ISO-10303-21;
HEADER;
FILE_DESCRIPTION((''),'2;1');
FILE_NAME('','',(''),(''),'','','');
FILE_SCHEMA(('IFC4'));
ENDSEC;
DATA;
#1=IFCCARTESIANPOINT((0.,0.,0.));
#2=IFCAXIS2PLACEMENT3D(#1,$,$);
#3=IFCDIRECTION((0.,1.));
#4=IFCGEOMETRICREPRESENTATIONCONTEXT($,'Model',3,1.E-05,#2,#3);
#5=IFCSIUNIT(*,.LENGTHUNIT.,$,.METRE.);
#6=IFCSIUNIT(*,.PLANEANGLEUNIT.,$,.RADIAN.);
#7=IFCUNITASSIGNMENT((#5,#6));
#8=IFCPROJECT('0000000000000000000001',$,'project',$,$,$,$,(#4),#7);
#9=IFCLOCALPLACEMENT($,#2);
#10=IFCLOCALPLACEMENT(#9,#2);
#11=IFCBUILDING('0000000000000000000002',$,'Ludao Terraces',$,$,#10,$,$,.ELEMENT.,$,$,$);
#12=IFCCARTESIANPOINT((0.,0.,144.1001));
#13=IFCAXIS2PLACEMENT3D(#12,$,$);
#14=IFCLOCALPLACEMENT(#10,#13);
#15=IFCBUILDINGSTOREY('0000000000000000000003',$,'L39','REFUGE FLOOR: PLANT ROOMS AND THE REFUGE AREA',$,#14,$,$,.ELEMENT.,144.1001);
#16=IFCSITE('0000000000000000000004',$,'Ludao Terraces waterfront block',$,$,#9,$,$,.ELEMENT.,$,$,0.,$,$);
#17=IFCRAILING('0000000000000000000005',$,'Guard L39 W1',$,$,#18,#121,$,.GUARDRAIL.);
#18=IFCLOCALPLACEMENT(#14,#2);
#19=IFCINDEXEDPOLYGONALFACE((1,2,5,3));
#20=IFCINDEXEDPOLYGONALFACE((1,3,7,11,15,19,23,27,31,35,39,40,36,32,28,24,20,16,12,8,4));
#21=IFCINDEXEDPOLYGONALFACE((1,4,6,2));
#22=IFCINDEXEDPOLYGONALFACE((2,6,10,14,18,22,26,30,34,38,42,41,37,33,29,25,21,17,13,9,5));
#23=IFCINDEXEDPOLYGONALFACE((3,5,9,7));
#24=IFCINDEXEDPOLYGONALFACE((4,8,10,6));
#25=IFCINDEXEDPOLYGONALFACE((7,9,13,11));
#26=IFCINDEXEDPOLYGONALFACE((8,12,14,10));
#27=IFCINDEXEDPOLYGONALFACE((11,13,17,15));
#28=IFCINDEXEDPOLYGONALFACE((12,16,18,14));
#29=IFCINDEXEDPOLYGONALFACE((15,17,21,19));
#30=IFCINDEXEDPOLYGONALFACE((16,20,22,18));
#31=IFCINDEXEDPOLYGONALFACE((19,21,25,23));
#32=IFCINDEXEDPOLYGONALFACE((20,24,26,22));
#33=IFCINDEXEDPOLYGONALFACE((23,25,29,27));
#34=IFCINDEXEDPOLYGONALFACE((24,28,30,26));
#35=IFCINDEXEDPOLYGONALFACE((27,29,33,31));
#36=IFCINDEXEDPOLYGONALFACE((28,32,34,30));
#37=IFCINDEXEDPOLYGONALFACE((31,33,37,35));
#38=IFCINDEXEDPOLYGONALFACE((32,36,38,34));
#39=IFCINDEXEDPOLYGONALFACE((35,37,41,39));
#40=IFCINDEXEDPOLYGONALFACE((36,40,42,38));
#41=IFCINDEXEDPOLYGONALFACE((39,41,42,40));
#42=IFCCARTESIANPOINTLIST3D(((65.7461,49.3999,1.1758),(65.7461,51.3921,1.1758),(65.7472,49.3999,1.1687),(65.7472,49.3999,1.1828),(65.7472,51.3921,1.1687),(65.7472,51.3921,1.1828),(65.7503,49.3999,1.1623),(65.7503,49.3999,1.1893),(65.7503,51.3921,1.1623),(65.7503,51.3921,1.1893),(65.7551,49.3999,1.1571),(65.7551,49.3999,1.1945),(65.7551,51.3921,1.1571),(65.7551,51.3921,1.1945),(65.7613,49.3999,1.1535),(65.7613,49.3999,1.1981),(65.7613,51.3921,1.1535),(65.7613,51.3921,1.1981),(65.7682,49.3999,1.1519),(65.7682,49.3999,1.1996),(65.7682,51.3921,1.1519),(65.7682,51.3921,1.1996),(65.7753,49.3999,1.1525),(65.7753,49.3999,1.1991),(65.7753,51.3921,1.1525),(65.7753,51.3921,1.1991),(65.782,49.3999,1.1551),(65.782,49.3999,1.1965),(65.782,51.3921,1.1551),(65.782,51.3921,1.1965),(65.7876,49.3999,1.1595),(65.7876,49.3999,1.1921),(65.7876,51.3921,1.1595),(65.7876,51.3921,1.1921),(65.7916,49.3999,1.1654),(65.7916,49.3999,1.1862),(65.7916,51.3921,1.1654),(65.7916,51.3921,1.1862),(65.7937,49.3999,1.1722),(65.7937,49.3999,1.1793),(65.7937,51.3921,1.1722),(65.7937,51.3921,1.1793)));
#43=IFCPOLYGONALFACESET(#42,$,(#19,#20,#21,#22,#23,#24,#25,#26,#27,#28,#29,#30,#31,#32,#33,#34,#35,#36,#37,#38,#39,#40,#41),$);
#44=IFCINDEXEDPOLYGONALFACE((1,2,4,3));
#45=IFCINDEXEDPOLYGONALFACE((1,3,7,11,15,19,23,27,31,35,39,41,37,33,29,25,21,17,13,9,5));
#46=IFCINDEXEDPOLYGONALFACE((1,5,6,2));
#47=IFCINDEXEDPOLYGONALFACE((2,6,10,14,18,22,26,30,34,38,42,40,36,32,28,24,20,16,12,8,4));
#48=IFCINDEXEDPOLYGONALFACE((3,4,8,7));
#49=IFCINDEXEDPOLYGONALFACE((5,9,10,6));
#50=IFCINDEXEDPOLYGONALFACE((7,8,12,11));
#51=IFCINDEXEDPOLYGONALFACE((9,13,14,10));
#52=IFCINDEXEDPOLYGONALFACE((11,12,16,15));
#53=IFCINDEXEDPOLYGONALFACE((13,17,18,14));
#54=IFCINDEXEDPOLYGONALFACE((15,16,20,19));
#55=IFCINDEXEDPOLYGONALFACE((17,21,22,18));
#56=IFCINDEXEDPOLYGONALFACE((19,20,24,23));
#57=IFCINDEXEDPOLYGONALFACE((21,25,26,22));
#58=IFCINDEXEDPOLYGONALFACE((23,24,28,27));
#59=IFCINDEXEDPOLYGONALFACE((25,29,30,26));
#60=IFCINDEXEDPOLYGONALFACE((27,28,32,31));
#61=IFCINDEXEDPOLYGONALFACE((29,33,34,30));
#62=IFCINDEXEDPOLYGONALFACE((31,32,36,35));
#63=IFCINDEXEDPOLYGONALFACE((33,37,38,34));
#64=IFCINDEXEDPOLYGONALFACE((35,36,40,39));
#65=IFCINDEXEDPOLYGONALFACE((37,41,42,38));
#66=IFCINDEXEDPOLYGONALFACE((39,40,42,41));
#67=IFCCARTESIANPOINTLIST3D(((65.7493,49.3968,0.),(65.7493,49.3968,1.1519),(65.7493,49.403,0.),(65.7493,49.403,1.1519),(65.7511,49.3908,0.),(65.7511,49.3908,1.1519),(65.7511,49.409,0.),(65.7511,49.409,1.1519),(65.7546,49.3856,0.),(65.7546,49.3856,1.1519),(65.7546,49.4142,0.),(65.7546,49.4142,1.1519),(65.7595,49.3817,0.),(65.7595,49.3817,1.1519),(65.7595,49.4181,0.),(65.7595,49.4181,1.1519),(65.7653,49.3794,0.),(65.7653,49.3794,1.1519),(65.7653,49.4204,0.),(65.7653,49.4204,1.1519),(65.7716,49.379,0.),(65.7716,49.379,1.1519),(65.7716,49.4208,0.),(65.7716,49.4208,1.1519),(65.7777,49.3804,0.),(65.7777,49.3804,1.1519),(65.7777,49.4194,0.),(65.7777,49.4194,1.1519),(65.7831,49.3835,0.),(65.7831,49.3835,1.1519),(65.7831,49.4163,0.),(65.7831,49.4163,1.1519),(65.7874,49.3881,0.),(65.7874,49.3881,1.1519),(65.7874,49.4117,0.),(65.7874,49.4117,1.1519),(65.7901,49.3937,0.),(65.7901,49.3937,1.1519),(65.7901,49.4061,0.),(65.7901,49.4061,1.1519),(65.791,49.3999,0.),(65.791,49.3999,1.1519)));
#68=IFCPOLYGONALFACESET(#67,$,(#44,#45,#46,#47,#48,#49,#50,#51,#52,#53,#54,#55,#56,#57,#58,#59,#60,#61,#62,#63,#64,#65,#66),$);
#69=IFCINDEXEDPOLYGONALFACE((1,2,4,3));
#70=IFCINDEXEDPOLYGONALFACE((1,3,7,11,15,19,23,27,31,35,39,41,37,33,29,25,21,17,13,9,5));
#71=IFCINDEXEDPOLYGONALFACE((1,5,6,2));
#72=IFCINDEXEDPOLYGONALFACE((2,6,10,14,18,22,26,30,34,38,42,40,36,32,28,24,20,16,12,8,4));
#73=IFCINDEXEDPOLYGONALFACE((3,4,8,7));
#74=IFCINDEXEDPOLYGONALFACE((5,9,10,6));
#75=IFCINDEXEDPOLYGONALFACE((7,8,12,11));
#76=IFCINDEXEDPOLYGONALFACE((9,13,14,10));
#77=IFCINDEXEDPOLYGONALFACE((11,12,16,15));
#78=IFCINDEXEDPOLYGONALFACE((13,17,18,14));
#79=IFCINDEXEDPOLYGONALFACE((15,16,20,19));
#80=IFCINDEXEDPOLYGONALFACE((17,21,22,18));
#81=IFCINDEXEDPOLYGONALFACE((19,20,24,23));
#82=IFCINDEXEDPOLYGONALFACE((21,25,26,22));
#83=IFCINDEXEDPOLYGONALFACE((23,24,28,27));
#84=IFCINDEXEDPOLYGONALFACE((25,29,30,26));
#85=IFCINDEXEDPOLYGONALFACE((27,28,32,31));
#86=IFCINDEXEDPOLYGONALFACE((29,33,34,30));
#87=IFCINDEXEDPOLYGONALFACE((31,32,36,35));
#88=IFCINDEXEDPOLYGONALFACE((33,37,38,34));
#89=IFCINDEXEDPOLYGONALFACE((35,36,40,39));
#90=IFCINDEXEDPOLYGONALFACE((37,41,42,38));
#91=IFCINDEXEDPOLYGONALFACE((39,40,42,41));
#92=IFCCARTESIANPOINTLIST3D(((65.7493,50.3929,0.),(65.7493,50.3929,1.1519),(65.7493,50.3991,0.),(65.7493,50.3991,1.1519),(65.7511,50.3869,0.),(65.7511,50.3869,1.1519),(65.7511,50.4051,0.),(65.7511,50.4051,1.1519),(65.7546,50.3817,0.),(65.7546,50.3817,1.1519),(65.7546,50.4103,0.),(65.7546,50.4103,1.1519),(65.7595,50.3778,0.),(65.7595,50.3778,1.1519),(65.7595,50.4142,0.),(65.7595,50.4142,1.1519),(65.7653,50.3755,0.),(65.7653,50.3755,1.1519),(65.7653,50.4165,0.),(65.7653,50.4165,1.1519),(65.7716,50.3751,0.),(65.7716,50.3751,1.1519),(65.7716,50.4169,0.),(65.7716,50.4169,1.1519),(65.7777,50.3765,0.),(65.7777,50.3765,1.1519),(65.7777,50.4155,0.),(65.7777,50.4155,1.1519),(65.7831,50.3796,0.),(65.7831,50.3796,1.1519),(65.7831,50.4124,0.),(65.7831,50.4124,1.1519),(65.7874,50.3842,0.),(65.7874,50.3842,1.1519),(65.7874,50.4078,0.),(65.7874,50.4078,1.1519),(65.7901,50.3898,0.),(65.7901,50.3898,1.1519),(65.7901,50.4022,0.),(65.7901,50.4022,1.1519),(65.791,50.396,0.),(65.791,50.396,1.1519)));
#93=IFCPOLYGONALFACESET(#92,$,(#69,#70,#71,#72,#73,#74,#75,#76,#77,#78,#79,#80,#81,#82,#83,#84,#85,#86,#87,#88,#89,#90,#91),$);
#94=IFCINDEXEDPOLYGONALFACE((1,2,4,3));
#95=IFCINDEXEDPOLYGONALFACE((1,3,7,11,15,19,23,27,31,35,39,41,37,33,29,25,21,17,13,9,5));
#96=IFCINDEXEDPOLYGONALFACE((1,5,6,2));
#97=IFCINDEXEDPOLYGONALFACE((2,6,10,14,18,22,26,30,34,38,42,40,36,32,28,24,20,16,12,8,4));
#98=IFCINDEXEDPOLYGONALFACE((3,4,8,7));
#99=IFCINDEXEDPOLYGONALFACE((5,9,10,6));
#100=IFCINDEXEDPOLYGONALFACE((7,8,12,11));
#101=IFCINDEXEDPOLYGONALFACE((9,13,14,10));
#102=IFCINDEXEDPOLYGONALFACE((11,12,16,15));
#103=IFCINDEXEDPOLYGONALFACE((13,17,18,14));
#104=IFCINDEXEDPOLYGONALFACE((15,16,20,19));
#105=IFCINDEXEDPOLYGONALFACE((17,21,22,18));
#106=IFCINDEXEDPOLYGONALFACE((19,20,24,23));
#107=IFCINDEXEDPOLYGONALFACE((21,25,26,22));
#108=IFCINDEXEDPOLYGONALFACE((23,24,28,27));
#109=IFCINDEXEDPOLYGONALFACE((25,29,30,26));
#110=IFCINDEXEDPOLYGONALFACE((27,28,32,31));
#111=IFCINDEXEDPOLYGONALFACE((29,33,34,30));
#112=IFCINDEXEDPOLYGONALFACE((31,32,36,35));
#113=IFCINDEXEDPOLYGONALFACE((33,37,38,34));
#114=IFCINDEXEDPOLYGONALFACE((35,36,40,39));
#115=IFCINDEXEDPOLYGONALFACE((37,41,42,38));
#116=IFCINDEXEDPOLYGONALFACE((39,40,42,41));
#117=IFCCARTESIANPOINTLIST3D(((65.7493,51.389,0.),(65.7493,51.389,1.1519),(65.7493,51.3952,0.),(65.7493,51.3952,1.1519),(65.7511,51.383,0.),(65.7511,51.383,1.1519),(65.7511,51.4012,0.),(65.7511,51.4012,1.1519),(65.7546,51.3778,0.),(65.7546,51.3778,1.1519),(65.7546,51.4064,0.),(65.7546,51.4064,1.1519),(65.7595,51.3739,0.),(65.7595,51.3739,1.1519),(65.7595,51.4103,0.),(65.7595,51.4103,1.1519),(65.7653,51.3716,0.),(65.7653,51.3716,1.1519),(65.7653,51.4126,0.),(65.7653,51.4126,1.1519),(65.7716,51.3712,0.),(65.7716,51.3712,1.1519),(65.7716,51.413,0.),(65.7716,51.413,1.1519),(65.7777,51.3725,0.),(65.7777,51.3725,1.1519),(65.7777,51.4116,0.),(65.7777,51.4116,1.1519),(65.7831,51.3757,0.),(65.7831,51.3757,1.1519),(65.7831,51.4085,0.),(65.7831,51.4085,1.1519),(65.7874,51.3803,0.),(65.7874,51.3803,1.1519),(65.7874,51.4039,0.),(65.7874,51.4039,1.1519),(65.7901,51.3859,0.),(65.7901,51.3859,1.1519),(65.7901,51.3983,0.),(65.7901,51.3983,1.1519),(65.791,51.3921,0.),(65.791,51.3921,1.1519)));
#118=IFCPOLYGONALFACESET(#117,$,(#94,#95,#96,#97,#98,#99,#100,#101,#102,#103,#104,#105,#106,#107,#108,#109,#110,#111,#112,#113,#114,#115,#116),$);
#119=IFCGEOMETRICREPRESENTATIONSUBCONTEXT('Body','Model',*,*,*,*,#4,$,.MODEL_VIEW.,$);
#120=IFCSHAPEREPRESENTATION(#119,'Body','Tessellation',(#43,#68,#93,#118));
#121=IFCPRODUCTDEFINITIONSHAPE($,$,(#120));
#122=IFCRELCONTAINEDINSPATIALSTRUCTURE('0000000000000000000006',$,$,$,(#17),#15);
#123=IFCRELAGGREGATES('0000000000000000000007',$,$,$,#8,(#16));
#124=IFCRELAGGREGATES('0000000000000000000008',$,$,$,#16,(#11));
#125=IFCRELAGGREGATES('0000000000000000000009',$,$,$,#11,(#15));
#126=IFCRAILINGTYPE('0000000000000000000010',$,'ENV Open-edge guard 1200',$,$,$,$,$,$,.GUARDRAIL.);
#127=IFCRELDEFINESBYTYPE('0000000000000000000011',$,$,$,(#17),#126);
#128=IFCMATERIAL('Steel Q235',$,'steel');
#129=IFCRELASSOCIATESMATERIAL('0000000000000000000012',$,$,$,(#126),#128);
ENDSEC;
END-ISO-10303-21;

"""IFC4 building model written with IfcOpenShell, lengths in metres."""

from ifc_helpers import new_model, si_unit, direction, frame, origin, origin_2d, place, context, subcontext, project, spatial, circle, extrude, material, type_object, element, save


model = new_model("IFC4")

# Units and contexts
model_context = context("Model", 3, precision=1e-05, world=origin(), true_north=direction((0.0, 1.0)))
body_context = subcontext(model_context, "Body", "Model", "MODEL_VIEW")
ifc_project = project(units=[si_unit("LENGTHUNIT", "METRE"), si_unit("PLANEANGLEUNIT", "RADIAN")], contexts=[model_context])

# Site, building, storey
site_placement = place(None, origin())
site = spatial("IfcSite", under=ifc_project, at=site_placement, Name="Ludao Terraces waterfront block", CompositionType="ELEMENT", RefElevation=0.0)
building_placement = place(site_placement, origin())
building = spatial("IfcBuilding", under=site, at=building_placement, Name="Ludao Terraces", CompositionType="ELEMENT")
storey_placement = place(building_placement, frame((0.0, 0.0, 144.1001)))
storey = spatial("IfcBuildingStorey", under=building, at=storey_placement, Name="L39", Description="REFUGE FLOOR: PLANT ROOMS AND THE REFUGE AREA", CompositionType="ELEMENT", Elevation=144.1001)

# Shared definitions
ifc_material_1 = material(Name="Steel Q235", Category="steel")

# Railing
railing_type = type_object("IfcRailingType", Name="ENV Open-edge guard 1200", PredefinedType="GUARDRAIL", material=ifc_material_1)
railing_1_placement = place(storey_placement, frame((65.77, 49.3999, 0.0)))
element("IfcRailing", 1, at=railing_1_placement, inside=storey, type_object=railing_type, Name="Guard L39 W1", PredefinedType="GUARDRAIL", context=body_context, shape_type="SweptSolid", body=[
    extrude(circle(Radius=0.0239, at=origin_2d()), frame((0.0, 0.0, 1.1758), z_axis=(0.0, 1.0, 0.0), x_axis=(-1.0, 0.0, 0.0)), (0.0, 0.0, 1.0), 1.9922),
    extrude(circle(Radius=0.021, at=origin_2d()), origin(), (0.0, 0.0, 1.0), 1.1519),
    extrude(circle(Radius=0.021, at=origin_2d()), frame((0.0, 0.9961, 0.0)), (0.0, 0.0, 1.0), 1.1519),
    extrude(circle(Radius=0.021, at=origin_2d()), frame((0.0, 1.9922, 0.0)), (0.0, 0.0, 1.0), 1.1519),
])

save(model, "model.ifc")
